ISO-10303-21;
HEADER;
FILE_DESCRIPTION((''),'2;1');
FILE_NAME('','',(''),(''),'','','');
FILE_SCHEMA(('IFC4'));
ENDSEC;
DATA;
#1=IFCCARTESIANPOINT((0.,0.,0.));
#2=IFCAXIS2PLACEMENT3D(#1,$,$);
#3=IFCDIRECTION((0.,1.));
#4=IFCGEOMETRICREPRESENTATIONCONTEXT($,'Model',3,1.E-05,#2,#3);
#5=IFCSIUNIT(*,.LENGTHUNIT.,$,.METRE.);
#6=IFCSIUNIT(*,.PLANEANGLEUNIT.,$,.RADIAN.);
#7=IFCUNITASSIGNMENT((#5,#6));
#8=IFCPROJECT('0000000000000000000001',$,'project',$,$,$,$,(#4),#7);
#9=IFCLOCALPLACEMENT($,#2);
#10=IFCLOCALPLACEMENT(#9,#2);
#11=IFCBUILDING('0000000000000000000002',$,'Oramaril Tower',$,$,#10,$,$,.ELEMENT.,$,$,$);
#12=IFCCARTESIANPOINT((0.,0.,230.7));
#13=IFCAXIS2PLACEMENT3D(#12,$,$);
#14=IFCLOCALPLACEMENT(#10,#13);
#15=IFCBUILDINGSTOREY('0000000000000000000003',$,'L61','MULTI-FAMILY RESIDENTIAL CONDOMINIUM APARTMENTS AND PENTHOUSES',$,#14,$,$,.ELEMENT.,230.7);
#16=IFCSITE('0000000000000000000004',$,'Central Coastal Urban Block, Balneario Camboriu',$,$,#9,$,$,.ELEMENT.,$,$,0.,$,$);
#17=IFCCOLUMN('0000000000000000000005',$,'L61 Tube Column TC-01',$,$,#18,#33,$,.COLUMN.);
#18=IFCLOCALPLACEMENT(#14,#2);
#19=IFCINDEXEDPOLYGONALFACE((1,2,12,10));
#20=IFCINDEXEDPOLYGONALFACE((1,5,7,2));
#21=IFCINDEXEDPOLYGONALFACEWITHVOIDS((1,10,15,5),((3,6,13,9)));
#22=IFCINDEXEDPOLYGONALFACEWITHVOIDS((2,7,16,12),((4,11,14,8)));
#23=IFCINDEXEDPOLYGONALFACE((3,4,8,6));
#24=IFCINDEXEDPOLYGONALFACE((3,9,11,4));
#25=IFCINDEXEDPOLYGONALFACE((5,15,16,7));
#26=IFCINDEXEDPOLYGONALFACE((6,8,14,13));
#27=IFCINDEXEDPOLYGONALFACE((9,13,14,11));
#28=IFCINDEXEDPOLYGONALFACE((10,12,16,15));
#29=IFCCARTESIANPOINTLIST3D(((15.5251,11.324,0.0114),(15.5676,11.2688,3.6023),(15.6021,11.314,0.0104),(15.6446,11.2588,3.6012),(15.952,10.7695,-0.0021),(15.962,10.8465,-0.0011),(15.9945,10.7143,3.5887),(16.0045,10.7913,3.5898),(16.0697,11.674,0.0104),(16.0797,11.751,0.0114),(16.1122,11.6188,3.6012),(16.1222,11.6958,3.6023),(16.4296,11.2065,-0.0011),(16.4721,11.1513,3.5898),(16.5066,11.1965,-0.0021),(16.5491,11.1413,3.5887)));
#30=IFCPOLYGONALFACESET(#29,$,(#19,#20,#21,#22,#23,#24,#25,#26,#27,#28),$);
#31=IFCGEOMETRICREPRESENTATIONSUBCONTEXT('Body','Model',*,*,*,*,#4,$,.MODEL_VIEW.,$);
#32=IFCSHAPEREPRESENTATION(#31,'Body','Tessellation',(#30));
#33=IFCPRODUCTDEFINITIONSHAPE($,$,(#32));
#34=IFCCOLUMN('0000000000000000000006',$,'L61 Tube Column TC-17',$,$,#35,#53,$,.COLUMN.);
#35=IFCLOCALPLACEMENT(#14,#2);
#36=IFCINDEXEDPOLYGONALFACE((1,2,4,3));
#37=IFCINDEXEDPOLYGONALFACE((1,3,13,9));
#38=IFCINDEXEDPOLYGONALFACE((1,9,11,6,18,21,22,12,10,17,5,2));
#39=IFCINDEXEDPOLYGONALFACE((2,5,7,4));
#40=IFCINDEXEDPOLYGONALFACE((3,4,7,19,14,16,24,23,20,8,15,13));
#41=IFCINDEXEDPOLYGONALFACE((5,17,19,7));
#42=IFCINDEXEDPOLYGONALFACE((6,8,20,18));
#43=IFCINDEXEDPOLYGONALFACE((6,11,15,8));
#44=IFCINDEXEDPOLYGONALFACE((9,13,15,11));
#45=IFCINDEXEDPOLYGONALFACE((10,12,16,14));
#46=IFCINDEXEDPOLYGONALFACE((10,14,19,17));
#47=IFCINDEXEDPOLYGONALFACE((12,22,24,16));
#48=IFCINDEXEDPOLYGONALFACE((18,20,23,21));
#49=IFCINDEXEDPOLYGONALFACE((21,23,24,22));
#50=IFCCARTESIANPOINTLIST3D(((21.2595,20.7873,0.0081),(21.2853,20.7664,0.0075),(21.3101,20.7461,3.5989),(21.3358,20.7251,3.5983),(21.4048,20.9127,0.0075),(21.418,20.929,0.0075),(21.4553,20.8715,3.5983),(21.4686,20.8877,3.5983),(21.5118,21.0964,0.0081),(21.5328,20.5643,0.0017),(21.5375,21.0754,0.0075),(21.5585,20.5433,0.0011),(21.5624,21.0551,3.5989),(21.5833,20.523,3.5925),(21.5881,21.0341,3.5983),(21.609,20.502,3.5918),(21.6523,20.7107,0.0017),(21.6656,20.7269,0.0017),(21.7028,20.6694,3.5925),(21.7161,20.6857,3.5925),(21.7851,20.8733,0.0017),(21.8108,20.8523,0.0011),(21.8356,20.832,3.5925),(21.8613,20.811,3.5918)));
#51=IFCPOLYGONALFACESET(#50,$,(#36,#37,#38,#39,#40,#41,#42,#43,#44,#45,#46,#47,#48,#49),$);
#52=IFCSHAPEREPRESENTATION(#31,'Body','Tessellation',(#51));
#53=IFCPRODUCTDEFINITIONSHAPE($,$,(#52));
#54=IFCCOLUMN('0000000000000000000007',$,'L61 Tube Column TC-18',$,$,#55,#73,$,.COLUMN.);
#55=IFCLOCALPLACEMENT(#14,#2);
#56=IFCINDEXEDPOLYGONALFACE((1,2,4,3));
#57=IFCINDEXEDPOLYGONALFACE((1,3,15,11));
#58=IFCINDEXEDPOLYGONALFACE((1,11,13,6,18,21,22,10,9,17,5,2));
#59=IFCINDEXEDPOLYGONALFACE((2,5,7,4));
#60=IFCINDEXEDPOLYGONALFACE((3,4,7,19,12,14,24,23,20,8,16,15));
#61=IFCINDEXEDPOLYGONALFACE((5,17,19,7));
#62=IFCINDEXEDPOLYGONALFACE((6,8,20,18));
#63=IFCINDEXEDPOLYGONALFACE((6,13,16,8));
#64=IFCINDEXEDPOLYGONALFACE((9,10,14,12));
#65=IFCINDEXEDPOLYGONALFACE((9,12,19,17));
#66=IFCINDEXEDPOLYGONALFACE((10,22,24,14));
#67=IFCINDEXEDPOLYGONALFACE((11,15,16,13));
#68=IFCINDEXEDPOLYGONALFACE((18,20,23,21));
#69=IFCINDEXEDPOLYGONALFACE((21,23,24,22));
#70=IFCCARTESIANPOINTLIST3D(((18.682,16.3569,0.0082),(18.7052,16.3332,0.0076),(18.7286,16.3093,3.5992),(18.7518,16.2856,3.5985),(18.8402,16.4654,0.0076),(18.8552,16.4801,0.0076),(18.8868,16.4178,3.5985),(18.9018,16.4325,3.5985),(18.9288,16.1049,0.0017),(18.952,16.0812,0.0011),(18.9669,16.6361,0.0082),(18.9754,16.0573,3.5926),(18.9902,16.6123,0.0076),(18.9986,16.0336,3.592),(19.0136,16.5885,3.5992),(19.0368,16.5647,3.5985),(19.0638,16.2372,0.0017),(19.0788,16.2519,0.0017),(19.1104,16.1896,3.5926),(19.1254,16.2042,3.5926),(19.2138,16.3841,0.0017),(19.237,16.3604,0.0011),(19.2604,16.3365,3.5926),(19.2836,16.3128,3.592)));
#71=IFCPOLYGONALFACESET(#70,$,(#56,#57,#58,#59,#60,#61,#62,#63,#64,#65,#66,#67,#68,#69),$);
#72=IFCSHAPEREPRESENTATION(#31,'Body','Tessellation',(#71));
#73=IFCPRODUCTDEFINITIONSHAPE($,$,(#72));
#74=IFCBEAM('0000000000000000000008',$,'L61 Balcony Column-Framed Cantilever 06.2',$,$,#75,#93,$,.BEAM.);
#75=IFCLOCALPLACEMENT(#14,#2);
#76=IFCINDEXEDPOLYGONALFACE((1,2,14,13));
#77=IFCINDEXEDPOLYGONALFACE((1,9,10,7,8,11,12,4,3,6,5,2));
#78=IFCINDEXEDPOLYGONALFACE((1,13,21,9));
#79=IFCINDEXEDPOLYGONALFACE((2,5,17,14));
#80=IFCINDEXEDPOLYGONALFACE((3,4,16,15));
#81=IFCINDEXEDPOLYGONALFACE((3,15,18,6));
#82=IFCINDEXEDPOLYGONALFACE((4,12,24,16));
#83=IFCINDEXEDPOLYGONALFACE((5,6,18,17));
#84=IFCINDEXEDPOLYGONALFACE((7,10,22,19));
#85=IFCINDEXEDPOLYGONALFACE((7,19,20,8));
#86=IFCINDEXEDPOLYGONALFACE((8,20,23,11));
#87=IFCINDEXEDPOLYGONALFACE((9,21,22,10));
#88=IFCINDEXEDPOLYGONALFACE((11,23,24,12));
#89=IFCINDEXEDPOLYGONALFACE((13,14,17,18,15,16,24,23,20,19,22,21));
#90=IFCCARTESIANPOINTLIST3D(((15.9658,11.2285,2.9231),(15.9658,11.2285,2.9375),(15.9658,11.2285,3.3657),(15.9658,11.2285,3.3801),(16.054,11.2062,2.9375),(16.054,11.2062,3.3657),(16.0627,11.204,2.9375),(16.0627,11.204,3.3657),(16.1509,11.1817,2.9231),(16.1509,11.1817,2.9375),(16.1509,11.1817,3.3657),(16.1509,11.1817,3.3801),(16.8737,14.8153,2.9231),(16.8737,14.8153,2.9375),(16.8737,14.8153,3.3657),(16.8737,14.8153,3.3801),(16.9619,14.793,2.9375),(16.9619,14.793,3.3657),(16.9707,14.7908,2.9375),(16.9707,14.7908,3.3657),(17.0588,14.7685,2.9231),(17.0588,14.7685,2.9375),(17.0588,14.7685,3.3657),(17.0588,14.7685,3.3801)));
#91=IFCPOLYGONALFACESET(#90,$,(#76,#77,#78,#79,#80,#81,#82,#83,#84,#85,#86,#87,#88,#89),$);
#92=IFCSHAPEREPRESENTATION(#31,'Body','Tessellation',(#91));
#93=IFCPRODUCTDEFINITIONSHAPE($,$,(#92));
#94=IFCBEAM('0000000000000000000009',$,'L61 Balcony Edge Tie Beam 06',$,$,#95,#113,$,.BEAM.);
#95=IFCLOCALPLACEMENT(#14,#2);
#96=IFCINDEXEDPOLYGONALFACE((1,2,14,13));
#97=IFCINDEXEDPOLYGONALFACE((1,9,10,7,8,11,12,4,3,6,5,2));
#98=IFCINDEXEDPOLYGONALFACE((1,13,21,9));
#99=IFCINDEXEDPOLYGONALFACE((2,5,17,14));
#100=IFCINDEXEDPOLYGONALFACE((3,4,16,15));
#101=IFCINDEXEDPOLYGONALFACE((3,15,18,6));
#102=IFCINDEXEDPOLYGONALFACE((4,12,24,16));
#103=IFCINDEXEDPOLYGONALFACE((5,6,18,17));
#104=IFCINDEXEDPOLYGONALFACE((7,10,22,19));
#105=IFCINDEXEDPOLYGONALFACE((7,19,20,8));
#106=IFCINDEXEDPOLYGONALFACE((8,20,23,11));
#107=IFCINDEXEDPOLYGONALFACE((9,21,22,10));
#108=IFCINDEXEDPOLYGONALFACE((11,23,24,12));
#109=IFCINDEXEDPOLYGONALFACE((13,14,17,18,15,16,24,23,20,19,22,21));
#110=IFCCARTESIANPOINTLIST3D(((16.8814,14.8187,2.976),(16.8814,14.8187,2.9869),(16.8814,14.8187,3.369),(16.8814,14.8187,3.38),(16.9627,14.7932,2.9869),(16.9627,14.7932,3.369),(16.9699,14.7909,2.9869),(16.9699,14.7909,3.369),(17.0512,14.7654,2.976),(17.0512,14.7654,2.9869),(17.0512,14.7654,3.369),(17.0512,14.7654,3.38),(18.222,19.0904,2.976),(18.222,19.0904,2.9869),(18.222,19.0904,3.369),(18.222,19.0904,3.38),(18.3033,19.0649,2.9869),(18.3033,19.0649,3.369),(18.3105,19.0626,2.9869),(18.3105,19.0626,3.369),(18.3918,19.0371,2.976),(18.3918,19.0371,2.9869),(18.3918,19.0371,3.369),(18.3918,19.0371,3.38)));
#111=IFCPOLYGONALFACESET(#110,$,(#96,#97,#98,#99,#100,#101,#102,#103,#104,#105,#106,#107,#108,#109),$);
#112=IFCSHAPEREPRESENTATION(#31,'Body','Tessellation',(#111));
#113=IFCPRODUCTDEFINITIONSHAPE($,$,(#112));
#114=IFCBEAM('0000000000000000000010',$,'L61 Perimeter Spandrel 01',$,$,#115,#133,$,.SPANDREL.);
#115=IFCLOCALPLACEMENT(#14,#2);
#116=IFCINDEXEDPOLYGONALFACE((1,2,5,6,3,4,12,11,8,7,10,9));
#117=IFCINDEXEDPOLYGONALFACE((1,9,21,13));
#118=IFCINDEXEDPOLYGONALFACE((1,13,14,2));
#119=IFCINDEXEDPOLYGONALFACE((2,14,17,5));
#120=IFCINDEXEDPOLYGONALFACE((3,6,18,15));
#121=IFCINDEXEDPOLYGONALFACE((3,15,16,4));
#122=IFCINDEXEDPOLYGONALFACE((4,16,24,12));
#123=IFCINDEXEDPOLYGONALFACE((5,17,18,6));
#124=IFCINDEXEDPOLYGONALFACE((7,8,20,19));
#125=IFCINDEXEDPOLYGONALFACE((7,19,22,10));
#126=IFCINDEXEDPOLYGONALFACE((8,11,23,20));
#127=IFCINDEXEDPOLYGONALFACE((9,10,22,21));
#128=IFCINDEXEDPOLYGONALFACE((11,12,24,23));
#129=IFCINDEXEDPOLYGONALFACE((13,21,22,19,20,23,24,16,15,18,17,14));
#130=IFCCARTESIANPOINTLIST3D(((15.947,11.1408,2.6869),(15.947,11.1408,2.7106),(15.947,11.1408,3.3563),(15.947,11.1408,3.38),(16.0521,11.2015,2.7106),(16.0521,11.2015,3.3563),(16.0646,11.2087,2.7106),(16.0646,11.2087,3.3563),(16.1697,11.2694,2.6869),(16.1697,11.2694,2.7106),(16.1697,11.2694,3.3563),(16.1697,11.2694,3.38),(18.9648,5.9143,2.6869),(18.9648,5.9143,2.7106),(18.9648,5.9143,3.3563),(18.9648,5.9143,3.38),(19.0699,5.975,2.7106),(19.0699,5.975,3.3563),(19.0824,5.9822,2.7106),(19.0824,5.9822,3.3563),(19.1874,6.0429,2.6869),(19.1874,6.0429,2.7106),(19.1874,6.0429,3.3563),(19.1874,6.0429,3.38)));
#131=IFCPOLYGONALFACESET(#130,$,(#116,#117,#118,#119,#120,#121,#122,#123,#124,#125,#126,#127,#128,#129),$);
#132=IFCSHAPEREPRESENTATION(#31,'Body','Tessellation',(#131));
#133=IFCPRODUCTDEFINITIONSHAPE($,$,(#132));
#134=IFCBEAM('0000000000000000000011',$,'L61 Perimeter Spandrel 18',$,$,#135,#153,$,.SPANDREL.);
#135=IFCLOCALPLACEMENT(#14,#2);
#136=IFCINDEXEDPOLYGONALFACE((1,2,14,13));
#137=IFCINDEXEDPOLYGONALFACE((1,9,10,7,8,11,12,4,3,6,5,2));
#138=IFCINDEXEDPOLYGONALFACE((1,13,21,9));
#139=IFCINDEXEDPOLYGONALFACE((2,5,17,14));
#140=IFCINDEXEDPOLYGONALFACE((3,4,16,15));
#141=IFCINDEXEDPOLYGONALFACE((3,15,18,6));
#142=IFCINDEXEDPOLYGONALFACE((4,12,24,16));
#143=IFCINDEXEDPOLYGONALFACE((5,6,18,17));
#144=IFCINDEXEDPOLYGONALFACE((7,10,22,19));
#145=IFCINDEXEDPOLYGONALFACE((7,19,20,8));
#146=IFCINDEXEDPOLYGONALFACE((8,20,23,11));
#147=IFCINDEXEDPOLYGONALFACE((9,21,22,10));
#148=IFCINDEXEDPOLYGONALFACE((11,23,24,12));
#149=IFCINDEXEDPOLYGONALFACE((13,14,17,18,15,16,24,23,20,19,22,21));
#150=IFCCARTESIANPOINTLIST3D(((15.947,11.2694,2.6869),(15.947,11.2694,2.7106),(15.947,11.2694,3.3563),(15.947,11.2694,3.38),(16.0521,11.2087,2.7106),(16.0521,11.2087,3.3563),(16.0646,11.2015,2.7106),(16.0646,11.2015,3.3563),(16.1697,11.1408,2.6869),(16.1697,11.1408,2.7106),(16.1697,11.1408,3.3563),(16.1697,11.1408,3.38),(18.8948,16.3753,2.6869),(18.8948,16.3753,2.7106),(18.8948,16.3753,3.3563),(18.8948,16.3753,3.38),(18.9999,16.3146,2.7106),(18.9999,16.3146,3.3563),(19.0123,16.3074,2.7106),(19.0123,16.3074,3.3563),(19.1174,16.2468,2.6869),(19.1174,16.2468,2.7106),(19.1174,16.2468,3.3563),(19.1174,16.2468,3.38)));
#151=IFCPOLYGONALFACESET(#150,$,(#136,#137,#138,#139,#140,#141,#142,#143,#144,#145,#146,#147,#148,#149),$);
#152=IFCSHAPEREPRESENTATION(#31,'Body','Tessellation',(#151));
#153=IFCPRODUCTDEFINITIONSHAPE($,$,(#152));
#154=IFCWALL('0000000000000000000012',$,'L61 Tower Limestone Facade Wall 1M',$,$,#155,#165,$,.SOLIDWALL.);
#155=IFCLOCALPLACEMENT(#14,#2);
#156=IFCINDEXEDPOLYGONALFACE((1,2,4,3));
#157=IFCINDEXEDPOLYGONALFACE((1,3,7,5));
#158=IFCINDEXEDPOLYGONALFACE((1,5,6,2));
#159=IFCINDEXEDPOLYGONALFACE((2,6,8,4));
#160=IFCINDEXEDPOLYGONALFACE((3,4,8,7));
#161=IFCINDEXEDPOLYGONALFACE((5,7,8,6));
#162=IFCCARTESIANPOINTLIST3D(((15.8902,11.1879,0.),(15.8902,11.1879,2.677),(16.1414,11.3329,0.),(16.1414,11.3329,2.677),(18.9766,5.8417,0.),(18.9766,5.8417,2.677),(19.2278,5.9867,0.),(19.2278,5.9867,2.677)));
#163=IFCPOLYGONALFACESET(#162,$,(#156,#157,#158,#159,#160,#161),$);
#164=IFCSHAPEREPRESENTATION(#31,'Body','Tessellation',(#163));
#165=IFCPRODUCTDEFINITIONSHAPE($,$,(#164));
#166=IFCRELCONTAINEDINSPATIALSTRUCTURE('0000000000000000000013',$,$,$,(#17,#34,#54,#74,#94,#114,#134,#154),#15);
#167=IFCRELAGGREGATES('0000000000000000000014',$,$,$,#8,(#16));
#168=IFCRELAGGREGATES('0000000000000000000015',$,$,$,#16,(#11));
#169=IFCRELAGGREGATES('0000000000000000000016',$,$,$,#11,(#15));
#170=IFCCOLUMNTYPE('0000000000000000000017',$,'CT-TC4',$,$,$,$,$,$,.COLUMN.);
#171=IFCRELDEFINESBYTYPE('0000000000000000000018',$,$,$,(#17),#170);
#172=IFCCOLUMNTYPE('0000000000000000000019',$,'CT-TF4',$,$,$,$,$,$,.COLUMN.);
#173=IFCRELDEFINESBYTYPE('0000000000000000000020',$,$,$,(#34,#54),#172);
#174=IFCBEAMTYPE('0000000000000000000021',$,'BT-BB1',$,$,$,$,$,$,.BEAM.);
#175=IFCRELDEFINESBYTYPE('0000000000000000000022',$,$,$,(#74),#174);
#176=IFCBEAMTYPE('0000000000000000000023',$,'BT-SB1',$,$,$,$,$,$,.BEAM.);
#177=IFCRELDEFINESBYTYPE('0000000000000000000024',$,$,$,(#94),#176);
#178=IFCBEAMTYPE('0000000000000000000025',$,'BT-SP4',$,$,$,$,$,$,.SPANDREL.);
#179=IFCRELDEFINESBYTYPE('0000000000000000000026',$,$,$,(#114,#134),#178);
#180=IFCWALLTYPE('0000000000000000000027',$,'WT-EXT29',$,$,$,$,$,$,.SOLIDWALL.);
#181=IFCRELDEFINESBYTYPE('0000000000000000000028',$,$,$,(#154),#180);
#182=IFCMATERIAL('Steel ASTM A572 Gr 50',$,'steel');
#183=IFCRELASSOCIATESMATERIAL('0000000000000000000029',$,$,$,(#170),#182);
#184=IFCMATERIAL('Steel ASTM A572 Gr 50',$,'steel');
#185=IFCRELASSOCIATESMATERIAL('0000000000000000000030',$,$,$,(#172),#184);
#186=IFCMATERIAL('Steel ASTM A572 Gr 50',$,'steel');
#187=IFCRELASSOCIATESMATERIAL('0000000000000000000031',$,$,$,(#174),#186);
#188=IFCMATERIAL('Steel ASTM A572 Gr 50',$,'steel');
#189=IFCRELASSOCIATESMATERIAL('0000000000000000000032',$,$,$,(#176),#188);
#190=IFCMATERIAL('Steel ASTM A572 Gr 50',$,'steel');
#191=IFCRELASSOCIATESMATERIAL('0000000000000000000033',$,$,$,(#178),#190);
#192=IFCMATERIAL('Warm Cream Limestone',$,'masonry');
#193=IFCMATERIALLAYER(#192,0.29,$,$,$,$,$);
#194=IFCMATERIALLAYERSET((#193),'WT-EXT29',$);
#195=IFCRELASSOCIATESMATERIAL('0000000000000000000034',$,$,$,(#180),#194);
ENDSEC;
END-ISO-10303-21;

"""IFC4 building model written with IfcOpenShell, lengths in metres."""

from ifc_helpers import new_model, si_unit, direction, frame, frame_2d, origin, origin_2d, place, context, subcontext, project, spatial, rectangle, hollow_rectangle, i_section, extrude, material, layer, layer_set, material_profile, profile_set, type_object, element, save


model = new_model("IFC4")

# Units and contexts
model_context = context("Model", 3, precision=1e-05, world=origin(), true_north=direction((0.0, 1.0)))
body_context = subcontext(model_context, "Body", "Model", "MODEL_VIEW")
ifc_project = project(units=[si_unit("LENGTHUNIT", "METRE"), si_unit("PLANEANGLEUNIT", "RADIAN")], contexts=[model_context])

# Site, building, storey
site_placement = place(None, origin())
site = spatial("IfcSite", under=ifc_project, at=site_placement, Name="Central Coastal Urban Block, Balneario Camboriu", CompositionType="ELEMENT", RefElevation=0.0)
building_placement = place(site_placement, origin())
building = spatial("IfcBuilding", under=site, at=building_placement, Name="Oramaril Tower", CompositionType="ELEMENT")
storey_placement = place(building_placement, frame((0.0, 0.0, 230.7)))
storey = spatial("IfcBuildingStorey", under=building, at=storey_placement, Name="L61", Description="MULTI-FAMILY RESIDENTIAL CONDOMINIUM APARTMENTS AND PENTHOUSES", CompositionType="ELEMENT", Elevation=230.7)

# Columns
ifc_material_1 = material(Name="Steel ASTM A572 Gr 50", Category="steel")
ifc_material_profile_1 = material_profile(ifc_material_1, hollow_rectangle(XDim=0.7, YDim=0.7, WallThickness=0.0549, at=origin_2d()), Name="BOX700X700X55")
ifc_profile_set_1 = profile_set([ifc_material_profile_1], Name="Steel ASTM A572 Gr 50")
column_type_1 = type_object("IfcColumnType", Name="CT-TC4", PredefinedType="COLUMN", material=ifc_profile_set_1)
column_1_placement = place(storey_placement, frame((16.0159, 11.2603, 0.0046), z_axis=(0.011828, -0.015363, 0.999812), x_axis=(0.792363, 0.61005, 0.0)))
element("IfcColumn", 1, at=column_1_placement, inside=storey, type_object=column_type_1, Name="L61 Tube Column TC-01", PredefinedType="COLUMN", context=body_context, shape_type="SweptSolid", body=[
    extrude(hollow_rectangle(XDim=0.7, YDim=0.7, WallThickness=0.0549, at=origin_2d()), origin(), (0.0, 0.0, 1.0), 3.5916),
])
ifc_material_2 = material(Name="Steel ASTM A572 Gr 50", Category="steel")
ifc_material_profile_2 = material_profile(ifc_material_2, i_section(OverallWidth=0.3989, OverallDepth=0.386, WebThickness=0.021, FlangeThickness=0.0332, at=origin_2d()), Name="W14X176")
ifc_profile_set_2 = profile_set([ifc_material_profile_2], Name="Steel ASTM A572 Gr 50")
column_type_2 = type_object("IfcColumnType", Name="CT-TF4", PredefinedType="COLUMN", material=ifc_profile_set_2)
column_2_placement = place(storey_placement, frame((21.5352, 20.8198, 0.0046), z_axis=(0.014072, -0.011488, 0.999835), x_axis=(0.632422, 0.774624, 0.0)))
element("IfcColumn", 2, at=column_2_placement, inside=storey, type_object=column_type_2, Name="L61 Tube Column TC-17", PredefinedType="COLUMN", context=body_context, shape_type="SweptSolid", body=[
    extrude(i_section(OverallWidth=0.3989, OverallDepth=0.386, WebThickness=0.021, FlangeThickness=0.0332, at=origin_2d()), origin(), (0.0, 0.0, 1.0), 3.5913),
])
column_3_placement = place(storey_placement, frame((18.9595, 16.3586, 0.0046), z_axis=(0.012984, -0.013256, 0.999828), x_axis=(0.714396, 0.699742, 0.0)))
element("IfcColumn", 3, at=column_3_placement, inside=storey, type_object=column_type_2, Name="L61 Tube Column TC-18", PredefinedType="COLUMN", context=body_context, shape_type="SweptSolid", body=[
    extrude(i_section(OverallWidth=0.3989, OverallDepth=0.386, WebThickness=0.021, FlangeThickness=0.0332, at=origin_2d()), origin(), (0.0, 0.0, 1.0), 3.5916),
])

# Beams
ifc_material_3 = material(Name="Steel ASTM A572 Gr 50", Category="steel")
ifc_material_profile_3 = material_profile(ifc_material_3, i_section(OverallWidth=0.1909, OverallDepth=0.457, WebThickness=0.009, FlangeThickness=0.0144, at=origin_2d()), Name="W18X50")
ifc_profile_set_3 = profile_set([ifc_material_profile_3], Name="Steel ASTM A572 Gr 50")
beam_type_1 = type_object("IfcBeamType", Name="BT-BB1", PredefinedType="BEAM", material=ifc_profile_set_3)
beam_1_placement = place(storey_placement, frame((16.0583, 11.2051, 3.1516), z_axis=(0.245391, 0.969424, 0.0), x_axis=(-0.969424, 0.245391, 0.0)))
element("IfcBeam", 4, at=beam_1_placement, inside=storey, type_object=beam_type_1, Name="L61 Balcony Column-Framed Cantilever 06.2", PredefinedType="BEAM", context=body_context, shape_type="SweptSolid", body=[
    extrude(i_section(OverallWidth=0.1909, OverallDepth=0.457, WebThickness=0.009, FlangeThickness=0.0144, at=origin_2d()), origin(), (0.0, 0.0, 1.0), 3.7),
])
ifc_material_4 = material(Name="Steel ASTM A572 Gr 50", Category="steel")
ifc_material_profile_4 = material_profile(ifc_material_4, i_section(OverallWidth=0.178, OverallDepth=0.4041, WebThickness=0.0076, FlangeThickness=0.011, at=origin_2d()), Name="W16X36")
ifc_profile_set_4 = profile_set([ifc_material_profile_4], Name="Steel ASTM A572 Gr 50")
beam_type_2 = type_object("IfcBeamType", Name="BT-SB1", PredefinedType="BEAM", material=ifc_profile_set_4)
beam_2_placement = place(storey_placement, frame((18.3069, 19.0637, 3.178), z_axis=(-0.299427, -0.954119, 0.0), x_axis=(0.954119, -0.299427, 0.0)))
element("IfcBeam", 5, at=beam_2_placement, inside=storey, type_object=beam_type_2, Name="L61 Balcony Edge Tie Beam 06", PredefinedType="BEAM", context=body_context, shape_type="SweptSolid", body=[
    extrude(i_section(OverallWidth=0.178, OverallDepth=0.4041, WebThickness=0.0076, FlangeThickness=0.011, at=origin_2d()), origin(), (0.0, 0.0, 1.0), 4.4771),
])
ifc_material_5 = material(Name="Steel ASTM A572 Gr 50", Category="steel")
ifc_material_profile_5 = material_profile(ifc_material_5, i_section(OverallWidth=0.2571, OverallDepth=0.6931, WebThickness=0.0144, FlangeThickness=0.0237, at=origin_2d()), Name="W27X114")
ifc_profile_set_5 = profile_set([ifc_material_profile_5], Name="Steel ASTM A572 Gr 50")
beam_type_3 = type_object("IfcBeamType", Name="BT-SP4", PredefinedType="SPANDREL", material=ifc_profile_set_5)
beam_3_placement = place(storey_placement, frame((16.0583, 11.2051, 3.0334), z_axis=(0.500033, -0.866006, 0.0), x_axis=(0.866006, 0.500033, 0.0)))
element("IfcBeam", 6, at=beam_3_placement, inside=storey, type_object=beam_type_3, Name="L61 Perimeter Spandrel 01", PredefinedType="SPANDREL", context=body_context, shape_type="SweptSolid", body=[
    extrude(i_section(OverallWidth=0.2571, OverallDepth=0.6931, WebThickness=0.0144, FlangeThickness=0.0237, at=origin_2d()), origin(), (0.0, 0.0, 1.0), 6.0352),
])
beam_4_placement = place(storey_placement, frame((19.0061, 16.311, 3.0334), z_axis=(-0.499978, -0.866038, 0.0), x_axis=(0.866038, -0.499978, 0.0)))
element("IfcBeam", 7, at=beam_4_placement, inside=storey, type_object=beam_type_3, Name="L61 Perimeter Spandrel 18", PredefinedType="SPANDREL", context=body_context, shape_type="SweptSolid", body=[
    extrude(i_section(OverallWidth=0.2571, OverallDepth=0.6931, WebThickness=0.0144, FlangeThickness=0.0237, at=origin_2d()), origin(), (0.0, 0.0, 1.0), 5.8958),
])

# Wall
ifc_material_6 = material(Name="Warm Cream Limestone", Category="masonry")
ifc_layer_1 = layer(ifc_material_6, 0.29)
ifc_layer_set_1 = layer_set([ifc_layer_1], Name="WT-EXT29")
wall_type_1 = type_object("IfcWallType", Name="WT-EXT29", PredefinedType="SOLIDWALL", material=ifc_layer_set_1)
wall_1_placement = place(storey_placement, frame((16.0159, 11.2603, 0.0), z_axis=(0.0, 0.0, 1.0), x_axis=(0.499976, -0.866039, 0.0)))
element("IfcWall", 8, at=wall_1_placement, inside=storey, type_object=wall_type_1, Name="L61 Tower Limestone Facade Wall 1M", PredefinedType="SOLIDWALL", context=body_context, shape_type="SweptSolid", body=[
    extrude(rectangle(XDim=6.1731, YDim=0.29, at=frame_2d((3.0864, 0.0))), origin(), (0.0, 0.0, 1.0), 2.677),
])

save(model, "model.ifc")
